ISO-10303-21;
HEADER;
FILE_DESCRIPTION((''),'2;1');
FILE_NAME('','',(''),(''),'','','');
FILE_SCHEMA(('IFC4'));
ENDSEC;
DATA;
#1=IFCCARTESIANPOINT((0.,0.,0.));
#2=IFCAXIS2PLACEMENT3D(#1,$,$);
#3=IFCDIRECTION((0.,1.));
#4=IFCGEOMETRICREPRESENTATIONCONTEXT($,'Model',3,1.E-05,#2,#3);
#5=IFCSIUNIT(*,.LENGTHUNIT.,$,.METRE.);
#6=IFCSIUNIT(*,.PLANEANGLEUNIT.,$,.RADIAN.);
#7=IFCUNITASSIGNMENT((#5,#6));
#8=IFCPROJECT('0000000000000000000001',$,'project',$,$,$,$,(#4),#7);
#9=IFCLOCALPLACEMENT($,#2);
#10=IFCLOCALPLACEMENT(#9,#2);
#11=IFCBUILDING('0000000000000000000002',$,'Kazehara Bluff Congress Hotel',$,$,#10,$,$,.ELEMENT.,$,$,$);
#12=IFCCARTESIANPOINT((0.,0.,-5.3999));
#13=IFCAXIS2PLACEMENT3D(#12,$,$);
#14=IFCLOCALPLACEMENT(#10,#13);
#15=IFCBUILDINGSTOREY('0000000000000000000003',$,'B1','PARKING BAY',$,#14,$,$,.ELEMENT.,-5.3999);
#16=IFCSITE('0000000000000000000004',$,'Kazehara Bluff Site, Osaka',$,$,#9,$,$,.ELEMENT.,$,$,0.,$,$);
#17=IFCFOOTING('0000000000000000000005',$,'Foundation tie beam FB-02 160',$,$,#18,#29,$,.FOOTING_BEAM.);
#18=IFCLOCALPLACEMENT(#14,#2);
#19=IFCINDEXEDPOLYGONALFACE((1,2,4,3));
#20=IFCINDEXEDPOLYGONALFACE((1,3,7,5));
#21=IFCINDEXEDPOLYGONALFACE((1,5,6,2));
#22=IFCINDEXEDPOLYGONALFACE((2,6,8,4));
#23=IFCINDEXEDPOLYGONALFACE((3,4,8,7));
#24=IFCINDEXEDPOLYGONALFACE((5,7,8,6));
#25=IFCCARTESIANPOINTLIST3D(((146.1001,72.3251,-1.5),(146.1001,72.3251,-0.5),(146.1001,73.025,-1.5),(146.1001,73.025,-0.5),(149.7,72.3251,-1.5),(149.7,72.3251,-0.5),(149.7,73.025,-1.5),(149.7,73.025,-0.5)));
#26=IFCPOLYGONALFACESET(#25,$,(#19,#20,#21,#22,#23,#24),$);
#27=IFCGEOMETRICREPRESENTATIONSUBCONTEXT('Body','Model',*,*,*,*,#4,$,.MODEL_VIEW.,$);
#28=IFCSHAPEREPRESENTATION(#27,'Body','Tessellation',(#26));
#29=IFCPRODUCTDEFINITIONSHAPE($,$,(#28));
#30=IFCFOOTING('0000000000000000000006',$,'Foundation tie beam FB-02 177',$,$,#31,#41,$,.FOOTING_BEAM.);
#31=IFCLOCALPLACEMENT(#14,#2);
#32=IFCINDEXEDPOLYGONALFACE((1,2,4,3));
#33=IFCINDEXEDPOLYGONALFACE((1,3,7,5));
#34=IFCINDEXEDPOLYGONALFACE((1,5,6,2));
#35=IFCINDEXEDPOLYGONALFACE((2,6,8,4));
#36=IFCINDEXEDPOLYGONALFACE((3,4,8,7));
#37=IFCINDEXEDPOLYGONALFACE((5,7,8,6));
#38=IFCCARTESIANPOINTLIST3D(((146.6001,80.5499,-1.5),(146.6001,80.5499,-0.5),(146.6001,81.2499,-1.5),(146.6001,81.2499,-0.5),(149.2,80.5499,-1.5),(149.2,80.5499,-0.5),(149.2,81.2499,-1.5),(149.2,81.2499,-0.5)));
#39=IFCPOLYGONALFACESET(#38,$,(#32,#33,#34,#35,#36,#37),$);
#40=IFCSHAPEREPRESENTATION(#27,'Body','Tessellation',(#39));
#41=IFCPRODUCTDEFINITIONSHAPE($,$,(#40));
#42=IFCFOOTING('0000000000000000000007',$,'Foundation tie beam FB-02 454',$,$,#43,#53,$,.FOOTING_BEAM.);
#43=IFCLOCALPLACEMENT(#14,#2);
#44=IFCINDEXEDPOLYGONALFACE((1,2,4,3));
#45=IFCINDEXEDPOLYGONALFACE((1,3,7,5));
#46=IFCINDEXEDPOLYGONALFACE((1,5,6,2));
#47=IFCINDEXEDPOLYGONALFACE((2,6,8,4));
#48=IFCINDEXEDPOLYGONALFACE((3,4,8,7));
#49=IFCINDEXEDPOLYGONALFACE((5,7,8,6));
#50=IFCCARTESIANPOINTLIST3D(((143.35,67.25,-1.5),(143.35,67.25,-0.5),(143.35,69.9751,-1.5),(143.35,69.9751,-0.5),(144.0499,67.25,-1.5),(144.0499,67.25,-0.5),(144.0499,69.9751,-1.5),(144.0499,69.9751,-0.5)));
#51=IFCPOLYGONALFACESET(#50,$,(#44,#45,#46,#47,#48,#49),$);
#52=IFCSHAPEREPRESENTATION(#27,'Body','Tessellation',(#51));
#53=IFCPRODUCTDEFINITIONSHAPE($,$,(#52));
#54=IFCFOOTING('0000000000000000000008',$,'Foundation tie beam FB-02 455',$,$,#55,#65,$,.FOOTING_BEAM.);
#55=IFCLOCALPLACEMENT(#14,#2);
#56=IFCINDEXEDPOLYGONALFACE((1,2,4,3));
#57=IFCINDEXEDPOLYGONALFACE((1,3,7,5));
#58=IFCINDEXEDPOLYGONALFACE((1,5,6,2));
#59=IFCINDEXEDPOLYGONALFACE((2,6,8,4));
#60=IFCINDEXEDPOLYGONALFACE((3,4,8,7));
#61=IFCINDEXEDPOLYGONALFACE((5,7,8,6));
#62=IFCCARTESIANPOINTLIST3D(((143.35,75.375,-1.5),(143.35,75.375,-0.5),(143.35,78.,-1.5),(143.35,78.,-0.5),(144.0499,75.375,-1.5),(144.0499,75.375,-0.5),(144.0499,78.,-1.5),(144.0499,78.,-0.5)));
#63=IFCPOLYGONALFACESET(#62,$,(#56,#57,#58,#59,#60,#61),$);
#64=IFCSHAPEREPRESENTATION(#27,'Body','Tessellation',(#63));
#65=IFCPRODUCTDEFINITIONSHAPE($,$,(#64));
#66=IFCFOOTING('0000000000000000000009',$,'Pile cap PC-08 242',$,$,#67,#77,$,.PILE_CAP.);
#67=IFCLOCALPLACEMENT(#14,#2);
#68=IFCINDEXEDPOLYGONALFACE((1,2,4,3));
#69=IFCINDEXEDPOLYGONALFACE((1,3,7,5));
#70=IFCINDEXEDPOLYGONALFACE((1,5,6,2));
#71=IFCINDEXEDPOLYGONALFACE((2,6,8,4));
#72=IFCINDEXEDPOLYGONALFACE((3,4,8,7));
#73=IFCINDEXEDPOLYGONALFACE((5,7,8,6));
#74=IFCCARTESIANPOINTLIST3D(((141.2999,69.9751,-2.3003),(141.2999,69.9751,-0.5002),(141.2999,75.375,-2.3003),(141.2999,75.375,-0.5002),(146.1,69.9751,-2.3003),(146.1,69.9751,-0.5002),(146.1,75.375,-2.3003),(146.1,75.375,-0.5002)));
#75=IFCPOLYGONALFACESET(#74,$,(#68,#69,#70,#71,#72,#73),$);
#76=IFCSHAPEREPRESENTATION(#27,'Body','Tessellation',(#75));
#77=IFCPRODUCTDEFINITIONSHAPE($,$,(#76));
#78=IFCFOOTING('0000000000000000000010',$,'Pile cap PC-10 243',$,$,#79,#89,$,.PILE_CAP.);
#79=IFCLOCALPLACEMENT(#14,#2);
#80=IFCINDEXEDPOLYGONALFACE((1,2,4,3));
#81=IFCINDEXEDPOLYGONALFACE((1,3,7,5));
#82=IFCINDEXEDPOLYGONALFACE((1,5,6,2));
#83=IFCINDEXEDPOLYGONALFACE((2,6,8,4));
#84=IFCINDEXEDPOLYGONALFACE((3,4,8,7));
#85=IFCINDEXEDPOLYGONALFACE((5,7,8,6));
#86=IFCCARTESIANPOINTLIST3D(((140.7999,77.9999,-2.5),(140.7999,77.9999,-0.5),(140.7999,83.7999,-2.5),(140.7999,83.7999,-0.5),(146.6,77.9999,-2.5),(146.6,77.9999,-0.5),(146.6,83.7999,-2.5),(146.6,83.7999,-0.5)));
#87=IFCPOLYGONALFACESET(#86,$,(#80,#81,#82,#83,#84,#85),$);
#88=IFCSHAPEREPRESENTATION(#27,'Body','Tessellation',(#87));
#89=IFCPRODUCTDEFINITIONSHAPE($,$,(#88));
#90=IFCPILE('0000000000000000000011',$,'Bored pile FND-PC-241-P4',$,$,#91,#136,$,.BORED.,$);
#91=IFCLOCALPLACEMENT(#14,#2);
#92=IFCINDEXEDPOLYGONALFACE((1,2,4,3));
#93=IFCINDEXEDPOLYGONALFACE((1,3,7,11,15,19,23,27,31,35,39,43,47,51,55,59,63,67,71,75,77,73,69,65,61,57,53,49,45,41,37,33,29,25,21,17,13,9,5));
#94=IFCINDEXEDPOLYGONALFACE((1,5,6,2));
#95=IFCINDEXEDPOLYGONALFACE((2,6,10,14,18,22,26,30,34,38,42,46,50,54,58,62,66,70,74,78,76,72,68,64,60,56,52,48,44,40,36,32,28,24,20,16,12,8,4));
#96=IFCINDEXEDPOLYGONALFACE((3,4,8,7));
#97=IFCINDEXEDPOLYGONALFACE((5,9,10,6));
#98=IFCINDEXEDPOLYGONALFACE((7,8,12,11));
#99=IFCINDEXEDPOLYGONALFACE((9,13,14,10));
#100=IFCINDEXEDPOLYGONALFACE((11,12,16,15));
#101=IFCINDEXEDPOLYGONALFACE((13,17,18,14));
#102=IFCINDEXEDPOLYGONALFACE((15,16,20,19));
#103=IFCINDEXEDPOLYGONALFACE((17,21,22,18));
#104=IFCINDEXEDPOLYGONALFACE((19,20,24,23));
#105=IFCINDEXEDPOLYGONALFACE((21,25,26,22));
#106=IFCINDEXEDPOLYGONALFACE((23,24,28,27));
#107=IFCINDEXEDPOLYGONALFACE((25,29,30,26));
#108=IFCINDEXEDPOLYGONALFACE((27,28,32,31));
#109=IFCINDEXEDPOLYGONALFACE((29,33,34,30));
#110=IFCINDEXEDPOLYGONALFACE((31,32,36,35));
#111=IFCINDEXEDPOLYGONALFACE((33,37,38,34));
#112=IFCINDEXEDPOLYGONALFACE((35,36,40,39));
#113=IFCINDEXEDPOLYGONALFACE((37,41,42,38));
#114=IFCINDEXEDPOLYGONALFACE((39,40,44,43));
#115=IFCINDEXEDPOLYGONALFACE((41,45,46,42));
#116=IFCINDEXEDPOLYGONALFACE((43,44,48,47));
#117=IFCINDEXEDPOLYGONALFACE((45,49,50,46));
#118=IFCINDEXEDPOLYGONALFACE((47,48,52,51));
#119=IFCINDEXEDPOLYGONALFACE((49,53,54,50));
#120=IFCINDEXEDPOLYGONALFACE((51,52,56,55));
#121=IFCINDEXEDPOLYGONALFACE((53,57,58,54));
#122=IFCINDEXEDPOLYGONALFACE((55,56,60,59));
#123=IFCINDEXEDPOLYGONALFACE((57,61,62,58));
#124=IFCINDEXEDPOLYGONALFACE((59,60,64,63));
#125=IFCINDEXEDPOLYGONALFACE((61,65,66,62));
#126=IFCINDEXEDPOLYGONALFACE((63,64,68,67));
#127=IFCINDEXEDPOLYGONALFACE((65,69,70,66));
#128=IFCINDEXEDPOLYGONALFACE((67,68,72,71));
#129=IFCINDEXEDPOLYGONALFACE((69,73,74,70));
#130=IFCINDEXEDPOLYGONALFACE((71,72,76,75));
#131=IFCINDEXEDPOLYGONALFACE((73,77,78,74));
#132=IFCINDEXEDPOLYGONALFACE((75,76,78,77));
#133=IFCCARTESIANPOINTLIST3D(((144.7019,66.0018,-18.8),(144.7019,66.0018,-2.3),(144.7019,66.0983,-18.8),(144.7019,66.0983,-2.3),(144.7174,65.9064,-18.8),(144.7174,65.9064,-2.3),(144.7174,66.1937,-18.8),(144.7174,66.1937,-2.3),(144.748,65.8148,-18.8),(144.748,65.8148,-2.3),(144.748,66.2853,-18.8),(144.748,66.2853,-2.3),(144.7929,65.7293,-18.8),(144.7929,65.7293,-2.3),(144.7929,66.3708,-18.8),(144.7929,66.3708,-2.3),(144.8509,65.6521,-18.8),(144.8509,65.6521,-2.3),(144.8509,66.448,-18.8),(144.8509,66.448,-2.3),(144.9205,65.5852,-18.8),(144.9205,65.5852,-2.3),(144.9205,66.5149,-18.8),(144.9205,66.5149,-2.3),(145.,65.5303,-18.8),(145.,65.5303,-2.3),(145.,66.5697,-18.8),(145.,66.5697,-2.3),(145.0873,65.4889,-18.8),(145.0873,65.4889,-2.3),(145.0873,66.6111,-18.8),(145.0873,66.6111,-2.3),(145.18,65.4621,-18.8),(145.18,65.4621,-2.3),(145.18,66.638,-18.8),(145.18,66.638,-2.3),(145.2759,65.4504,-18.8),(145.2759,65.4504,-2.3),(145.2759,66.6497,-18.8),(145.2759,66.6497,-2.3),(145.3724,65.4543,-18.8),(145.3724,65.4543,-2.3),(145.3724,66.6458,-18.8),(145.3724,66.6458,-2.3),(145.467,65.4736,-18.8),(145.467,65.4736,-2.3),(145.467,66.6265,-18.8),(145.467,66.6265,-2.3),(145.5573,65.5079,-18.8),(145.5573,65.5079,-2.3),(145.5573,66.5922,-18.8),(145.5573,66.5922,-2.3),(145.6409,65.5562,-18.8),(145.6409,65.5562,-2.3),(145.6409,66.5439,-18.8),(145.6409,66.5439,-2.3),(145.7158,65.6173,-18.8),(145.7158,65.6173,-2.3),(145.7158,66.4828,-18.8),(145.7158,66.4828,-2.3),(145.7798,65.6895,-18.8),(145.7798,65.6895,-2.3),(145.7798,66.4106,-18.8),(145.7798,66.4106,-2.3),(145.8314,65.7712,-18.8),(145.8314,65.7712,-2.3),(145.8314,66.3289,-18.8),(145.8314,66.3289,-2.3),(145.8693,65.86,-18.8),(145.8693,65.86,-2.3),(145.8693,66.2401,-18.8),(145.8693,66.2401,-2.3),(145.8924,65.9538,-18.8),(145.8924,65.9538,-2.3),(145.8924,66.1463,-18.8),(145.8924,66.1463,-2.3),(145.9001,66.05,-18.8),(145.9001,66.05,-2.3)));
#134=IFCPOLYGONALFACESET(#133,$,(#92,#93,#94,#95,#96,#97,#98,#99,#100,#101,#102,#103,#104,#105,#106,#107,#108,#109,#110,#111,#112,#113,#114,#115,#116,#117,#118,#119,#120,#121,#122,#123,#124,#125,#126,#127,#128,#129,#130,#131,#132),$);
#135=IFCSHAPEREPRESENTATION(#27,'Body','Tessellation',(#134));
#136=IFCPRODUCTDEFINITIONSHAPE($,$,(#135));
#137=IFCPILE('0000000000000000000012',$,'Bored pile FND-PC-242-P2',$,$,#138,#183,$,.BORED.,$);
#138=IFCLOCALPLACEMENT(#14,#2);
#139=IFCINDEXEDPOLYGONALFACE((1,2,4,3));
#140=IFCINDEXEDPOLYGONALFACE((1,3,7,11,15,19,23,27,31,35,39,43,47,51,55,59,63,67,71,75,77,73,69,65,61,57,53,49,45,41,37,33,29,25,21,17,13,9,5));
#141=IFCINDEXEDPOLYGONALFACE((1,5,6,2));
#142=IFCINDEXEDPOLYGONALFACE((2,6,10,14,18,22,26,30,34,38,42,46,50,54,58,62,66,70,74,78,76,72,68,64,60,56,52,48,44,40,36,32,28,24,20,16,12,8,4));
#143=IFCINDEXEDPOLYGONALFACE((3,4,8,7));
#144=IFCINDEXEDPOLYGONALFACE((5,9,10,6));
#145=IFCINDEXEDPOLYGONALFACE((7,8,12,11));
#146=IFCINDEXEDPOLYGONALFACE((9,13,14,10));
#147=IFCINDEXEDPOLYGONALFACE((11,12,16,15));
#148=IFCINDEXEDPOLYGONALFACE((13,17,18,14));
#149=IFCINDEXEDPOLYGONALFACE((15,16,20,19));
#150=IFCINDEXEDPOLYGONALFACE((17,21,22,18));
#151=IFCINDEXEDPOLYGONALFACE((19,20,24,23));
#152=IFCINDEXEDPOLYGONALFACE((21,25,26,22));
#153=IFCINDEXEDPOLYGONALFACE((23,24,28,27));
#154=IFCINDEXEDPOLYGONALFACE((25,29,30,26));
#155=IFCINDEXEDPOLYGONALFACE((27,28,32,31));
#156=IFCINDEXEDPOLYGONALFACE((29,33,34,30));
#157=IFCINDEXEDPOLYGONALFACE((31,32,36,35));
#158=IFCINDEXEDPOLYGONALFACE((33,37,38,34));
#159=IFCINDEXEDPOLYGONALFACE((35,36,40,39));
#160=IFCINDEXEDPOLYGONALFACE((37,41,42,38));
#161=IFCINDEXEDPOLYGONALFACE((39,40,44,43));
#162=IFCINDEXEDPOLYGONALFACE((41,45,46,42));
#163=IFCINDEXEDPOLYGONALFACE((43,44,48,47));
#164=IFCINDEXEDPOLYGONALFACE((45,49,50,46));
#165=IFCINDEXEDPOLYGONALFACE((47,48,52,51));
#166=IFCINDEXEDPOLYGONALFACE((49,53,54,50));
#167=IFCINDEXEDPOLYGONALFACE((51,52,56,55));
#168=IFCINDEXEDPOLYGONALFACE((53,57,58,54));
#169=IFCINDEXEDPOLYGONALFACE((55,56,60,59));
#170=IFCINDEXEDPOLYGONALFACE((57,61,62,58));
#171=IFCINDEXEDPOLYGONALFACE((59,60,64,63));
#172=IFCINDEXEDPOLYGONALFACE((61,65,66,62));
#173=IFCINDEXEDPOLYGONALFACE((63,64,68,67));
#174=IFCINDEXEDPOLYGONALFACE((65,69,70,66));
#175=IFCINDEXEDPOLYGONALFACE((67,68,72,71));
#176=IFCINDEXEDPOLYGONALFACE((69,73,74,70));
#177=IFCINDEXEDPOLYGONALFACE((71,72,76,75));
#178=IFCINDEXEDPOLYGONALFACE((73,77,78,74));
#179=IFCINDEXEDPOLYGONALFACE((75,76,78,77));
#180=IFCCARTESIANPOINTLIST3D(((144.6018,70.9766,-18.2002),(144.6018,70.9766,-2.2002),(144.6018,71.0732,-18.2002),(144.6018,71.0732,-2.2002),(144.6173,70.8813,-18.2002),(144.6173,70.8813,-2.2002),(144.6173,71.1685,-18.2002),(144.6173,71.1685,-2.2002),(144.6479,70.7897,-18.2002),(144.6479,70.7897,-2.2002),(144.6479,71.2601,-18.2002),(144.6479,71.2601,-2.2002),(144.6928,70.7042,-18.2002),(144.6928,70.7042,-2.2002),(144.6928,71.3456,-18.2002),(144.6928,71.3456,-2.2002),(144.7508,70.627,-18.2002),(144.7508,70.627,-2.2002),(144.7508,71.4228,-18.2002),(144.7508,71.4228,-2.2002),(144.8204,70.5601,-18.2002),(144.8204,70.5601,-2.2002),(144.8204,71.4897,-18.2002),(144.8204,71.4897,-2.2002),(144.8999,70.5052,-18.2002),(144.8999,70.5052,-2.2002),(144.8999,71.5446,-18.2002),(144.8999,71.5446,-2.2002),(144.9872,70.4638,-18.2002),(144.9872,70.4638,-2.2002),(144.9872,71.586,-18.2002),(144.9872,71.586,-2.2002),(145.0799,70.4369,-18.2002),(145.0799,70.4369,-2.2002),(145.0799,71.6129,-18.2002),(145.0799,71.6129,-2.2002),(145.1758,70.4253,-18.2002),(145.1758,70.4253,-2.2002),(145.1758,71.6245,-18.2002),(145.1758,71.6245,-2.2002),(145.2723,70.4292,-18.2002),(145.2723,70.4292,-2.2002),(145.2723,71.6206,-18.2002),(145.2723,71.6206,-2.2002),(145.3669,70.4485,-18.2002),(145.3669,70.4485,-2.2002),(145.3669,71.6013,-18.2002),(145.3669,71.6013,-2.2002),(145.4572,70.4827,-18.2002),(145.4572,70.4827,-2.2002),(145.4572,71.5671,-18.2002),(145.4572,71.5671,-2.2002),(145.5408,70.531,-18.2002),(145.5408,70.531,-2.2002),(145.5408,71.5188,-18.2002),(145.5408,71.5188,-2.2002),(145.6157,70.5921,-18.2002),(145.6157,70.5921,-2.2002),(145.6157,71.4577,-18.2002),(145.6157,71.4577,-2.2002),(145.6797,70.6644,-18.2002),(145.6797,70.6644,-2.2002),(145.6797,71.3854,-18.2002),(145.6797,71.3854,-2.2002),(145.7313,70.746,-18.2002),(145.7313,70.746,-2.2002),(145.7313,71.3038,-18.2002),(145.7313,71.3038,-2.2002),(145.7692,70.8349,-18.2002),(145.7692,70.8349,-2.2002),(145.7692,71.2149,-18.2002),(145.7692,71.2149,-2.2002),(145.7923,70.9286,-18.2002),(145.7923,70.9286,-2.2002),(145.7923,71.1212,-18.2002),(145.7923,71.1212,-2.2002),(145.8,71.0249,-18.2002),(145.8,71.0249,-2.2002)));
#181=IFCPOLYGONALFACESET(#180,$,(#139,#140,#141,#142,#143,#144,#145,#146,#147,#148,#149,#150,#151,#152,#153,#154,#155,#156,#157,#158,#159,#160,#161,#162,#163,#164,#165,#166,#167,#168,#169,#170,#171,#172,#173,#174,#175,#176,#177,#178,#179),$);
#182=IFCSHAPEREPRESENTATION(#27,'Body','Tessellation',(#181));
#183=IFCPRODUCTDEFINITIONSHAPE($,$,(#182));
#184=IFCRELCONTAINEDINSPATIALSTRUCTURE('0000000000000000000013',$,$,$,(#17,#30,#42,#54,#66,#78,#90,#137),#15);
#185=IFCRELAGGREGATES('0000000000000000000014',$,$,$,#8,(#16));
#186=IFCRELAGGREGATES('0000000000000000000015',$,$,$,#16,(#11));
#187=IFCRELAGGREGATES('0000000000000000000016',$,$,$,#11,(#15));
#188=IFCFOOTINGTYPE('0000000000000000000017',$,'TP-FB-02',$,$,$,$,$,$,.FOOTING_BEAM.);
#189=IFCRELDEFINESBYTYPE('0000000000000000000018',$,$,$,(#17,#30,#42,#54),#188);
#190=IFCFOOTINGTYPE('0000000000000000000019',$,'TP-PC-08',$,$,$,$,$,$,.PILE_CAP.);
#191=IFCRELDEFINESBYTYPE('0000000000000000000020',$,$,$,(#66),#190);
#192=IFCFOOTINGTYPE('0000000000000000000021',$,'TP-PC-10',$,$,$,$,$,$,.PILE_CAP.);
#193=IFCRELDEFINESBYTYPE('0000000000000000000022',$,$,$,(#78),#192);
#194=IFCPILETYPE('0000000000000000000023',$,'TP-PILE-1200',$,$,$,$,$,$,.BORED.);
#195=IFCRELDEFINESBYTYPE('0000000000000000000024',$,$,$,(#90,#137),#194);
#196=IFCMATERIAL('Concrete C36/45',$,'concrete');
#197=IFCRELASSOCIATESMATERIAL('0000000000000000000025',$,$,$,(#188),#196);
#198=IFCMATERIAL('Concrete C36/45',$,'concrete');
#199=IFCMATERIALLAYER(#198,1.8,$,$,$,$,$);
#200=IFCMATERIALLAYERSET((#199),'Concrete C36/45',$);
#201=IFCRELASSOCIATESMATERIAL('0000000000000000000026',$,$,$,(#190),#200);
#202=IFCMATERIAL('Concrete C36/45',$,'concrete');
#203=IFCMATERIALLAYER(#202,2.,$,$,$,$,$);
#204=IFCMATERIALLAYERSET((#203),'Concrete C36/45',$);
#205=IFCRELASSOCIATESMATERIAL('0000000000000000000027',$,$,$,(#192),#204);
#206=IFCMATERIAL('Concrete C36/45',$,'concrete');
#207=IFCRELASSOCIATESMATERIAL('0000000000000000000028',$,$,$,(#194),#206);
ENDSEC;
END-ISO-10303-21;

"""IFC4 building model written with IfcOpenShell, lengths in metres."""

from ifc_helpers import new_model, si_unit, direction, frame, origin, origin_2d, place, context, subcontext, project, spatial, rectangle, circle, extrude, material, layer, layer_set, material_profile, profile_set, type_object, element, save


model = new_model("IFC4")

# Units and contexts
model_context = context("Model", 3, precision=1e-05, world=origin(), true_north=direction((0.0, 1.0)))
body_context = subcontext(model_context, "Body", "Model", "MODEL_VIEW")
ifc_project = project(units=[si_unit("LENGTHUNIT", "METRE"), si_unit("PLANEANGLEUNIT", "RADIAN")], contexts=[model_context])

# Site, building, storey
site_placement = place(None, origin())
site = spatial("IfcSite", under=ifc_project, at=site_placement, Name="Kazehara Bluff Site, Osaka", CompositionType="ELEMENT", RefElevation=0.0)
building_placement = place(site_placement, origin())
building = spatial("IfcBuilding", under=site, at=building_placement, Name="Kazehara Bluff Congress Hotel", CompositionType="ELEMENT")
storey_placement = place(building_placement, frame((0.0, 0.0, -5.3999)))
storey = spatial("IfcBuildingStorey", under=building, at=storey_placement, Name="B1", Description="PARKING BAY", CompositionType="ELEMENT", Elevation=-5.3999)

# Footings
ifc_material_1 = material(Name="Concrete C36/45", Category="concrete")
ifc_material_profile_1 = material_profile(ifc_material_1, rectangle(XDim=0.7, YDim=1.0, at=origin_2d()))
ifc_profile_set_1 = profile_set([ifc_material_profile_1], Name="Concrete C36/45")
footing_type_1 = type_object("IfcFootingType", Name="TP-FB-02", PredefinedType="FOOTING_BEAM", material=ifc_profile_set_1)
footing_1_placement = place(storey_placement, frame((146.1001, 72.675, -1.0), z_axis=(1.0, 0.0, 0.0), x_axis=(0.0, 1.0, 0.0)))
element("IfcFooting", 1, at=footing_1_placement, inside=storey, type_object=footing_type_1, Name="Foundation tie beam FB-02 160", PredefinedType="FOOTING_BEAM", context=body_context, shape_type="SweptSolid", body=[
    extrude(rectangle(XDim=0.7, YDim=1.0, at=origin_2d()), origin(), (0.0, 0.0, 1.0), 3.5999),
])
footing_2_placement = place(storey_placement, frame((146.6001, 80.8999, -1.0), z_axis=(1.0, 0.0, 0.0), x_axis=(0.0, 1.0, 0.0)))
element("IfcFooting", 2, at=footing_2_placement, inside=storey, type_object=footing_type_1, Name="Foundation tie beam FB-02 177", PredefinedType="FOOTING_BEAM", context=body_context, shape_type="SweptSolid", body=[
    extrude(rectangle(XDim=0.7, YDim=1.0, at=origin_2d()), origin(), (0.0, 0.0, 1.0), 2.5999),
])
footing_3_placement = place(storey_placement, frame((143.7, 67.25, -1.0), z_axis=(0.0, 1.0, 0.0), x_axis=(-1.0, 0.0, 0.0)))
element("IfcFooting", 3, at=footing_3_placement, inside=storey, type_object=footing_type_1, Name="Foundation tie beam FB-02 454", PredefinedType="FOOTING_BEAM", context=body_context, shape_type="SweptSolid", body=[
    extrude(rectangle(XDim=0.7, YDim=1.0, at=origin_2d()), origin(), (0.0, 0.0, 1.0), 2.7251),
])
footing_4_placement = place(storey_placement, frame((143.7, 75.375, -1.0), z_axis=(0.0, 1.0, 0.0), x_axis=(-1.0, 0.0, 0.0)))
element("IfcFooting", 4, at=footing_4_placement, inside=storey, type_object=footing_type_1, Name="Foundation tie beam FB-02 455", PredefinedType="FOOTING_BEAM", context=body_context, shape_type="SweptSolid", body=[
    extrude(rectangle(XDim=0.7, YDim=1.0, at=origin_2d()), origin(), (0.0, 0.0, 1.0), 2.625),
])
ifc_material_2 = material(Name="Concrete C36/45", Category="concrete")
ifc_layer_1 = layer(ifc_material_2, 1.8)
ifc_layer_set_1 = layer_set([ifc_layer_1], Name="Concrete C36/45")
footing_type_2 = type_object("IfcFootingType", Name="TP-PC-08", PredefinedType="PILE_CAP", material=ifc_layer_set_1)
footing_5_placement = place(storey_placement, frame((143.7, 72.675, -2.3003), z_axis=(0.0, 0.0, 1.0), x_axis=(1.0, 0.0, 0.0)))
element("IfcFooting", 5, at=footing_5_placement, inside=storey, type_object=footing_type_2, Name="Pile cap PC-08 242", PredefinedType="PILE_CAP", context=body_context, shape_type="SweptSolid", body=[
    extrude(rectangle(XDim=4.8, YDim=5.3999, at=origin_2d()), origin(), (0.0, 0.0, 1.0), 1.8),
])
ifc_material_3 = material(Name="Concrete C36/45", Category="concrete")
ifc_layer_2 = layer(ifc_material_3, 2.0)
ifc_layer_set_2 = layer_set([ifc_layer_2], Name="Concrete C36/45")
footing_type_3 = type_object("IfcFootingType", Name="TP-PC-10", PredefinedType="PILE_CAP", material=ifc_layer_set_2)
footing_6_placement = place(storey_placement, frame((143.7, 80.8999, -2.5), z_axis=(0.0, 0.0, 1.0), x_axis=(1.0, 0.0, 0.0)))
element("IfcFooting", 6, at=footing_6_placement, inside=storey, type_object=footing_type_3, Name="Pile cap PC-10 243", PredefinedType="PILE_CAP", context=body_context, shape_type="SweptSolid", body=[
    extrude(rectangle(XDim=5.8, YDim=5.8, at=origin_2d()), origin(), (0.0, 0.0, 1.0), 2.0),
])

# Piles
ifc_material_4 = material(Name="Concrete C36/45", Category="concrete")
ifc_material_profile_2 = material_profile(ifc_material_4, circle(Radius=0.6001, at=origin_2d()))
ifc_profile_set_2 = profile_set([ifc_material_profile_2], Name="Concrete C36/45")
pile_type_1 = type_object("IfcPileType", Name="TP-PILE-1200", PredefinedType="BORED", material=ifc_profile_set_2)
pile_1_placement = place(storey_placement, frame((145.3, 66.05, -2.3), z_axis=(0.0, 0.0, -1.0), x_axis=(1.0, 0.0, 0.0)))
element("IfcPile", 7, at=pile_1_placement, inside=storey, type_object=pile_type_1, Name="Bored pile FND-PC-241-P4", PredefinedType="BORED", context=body_context, shape_type="SweptSolid", body=[
    extrude(circle(Radius=0.6001, at=origin_2d()), origin(), (0.0, 0.0, 1.0), 16.5),
])
for number, where, z_axis, x_axis, name in (
    (8, (145.2, 71.0249, -2.2002), (0.0, 0.0, -1.0), (1.0, 0.0, 0.0), "Bored pile FND-PC-242-P2"),
):
    element("IfcPile", number, at=place(storey_placement, frame(where, z_axis=z_axis, x_axis=x_axis)), inside=storey, type_object=pile_type_1, Name=name, PredefinedType="BORED", context=body_context, shape_type="SweptSolid", body=[
        extrude(circle(Radius=0.6001, at=origin_2d()), origin(), (0.0, 0.0, 1.0), 16.0),
    ])

save(model, "model.ifc")
